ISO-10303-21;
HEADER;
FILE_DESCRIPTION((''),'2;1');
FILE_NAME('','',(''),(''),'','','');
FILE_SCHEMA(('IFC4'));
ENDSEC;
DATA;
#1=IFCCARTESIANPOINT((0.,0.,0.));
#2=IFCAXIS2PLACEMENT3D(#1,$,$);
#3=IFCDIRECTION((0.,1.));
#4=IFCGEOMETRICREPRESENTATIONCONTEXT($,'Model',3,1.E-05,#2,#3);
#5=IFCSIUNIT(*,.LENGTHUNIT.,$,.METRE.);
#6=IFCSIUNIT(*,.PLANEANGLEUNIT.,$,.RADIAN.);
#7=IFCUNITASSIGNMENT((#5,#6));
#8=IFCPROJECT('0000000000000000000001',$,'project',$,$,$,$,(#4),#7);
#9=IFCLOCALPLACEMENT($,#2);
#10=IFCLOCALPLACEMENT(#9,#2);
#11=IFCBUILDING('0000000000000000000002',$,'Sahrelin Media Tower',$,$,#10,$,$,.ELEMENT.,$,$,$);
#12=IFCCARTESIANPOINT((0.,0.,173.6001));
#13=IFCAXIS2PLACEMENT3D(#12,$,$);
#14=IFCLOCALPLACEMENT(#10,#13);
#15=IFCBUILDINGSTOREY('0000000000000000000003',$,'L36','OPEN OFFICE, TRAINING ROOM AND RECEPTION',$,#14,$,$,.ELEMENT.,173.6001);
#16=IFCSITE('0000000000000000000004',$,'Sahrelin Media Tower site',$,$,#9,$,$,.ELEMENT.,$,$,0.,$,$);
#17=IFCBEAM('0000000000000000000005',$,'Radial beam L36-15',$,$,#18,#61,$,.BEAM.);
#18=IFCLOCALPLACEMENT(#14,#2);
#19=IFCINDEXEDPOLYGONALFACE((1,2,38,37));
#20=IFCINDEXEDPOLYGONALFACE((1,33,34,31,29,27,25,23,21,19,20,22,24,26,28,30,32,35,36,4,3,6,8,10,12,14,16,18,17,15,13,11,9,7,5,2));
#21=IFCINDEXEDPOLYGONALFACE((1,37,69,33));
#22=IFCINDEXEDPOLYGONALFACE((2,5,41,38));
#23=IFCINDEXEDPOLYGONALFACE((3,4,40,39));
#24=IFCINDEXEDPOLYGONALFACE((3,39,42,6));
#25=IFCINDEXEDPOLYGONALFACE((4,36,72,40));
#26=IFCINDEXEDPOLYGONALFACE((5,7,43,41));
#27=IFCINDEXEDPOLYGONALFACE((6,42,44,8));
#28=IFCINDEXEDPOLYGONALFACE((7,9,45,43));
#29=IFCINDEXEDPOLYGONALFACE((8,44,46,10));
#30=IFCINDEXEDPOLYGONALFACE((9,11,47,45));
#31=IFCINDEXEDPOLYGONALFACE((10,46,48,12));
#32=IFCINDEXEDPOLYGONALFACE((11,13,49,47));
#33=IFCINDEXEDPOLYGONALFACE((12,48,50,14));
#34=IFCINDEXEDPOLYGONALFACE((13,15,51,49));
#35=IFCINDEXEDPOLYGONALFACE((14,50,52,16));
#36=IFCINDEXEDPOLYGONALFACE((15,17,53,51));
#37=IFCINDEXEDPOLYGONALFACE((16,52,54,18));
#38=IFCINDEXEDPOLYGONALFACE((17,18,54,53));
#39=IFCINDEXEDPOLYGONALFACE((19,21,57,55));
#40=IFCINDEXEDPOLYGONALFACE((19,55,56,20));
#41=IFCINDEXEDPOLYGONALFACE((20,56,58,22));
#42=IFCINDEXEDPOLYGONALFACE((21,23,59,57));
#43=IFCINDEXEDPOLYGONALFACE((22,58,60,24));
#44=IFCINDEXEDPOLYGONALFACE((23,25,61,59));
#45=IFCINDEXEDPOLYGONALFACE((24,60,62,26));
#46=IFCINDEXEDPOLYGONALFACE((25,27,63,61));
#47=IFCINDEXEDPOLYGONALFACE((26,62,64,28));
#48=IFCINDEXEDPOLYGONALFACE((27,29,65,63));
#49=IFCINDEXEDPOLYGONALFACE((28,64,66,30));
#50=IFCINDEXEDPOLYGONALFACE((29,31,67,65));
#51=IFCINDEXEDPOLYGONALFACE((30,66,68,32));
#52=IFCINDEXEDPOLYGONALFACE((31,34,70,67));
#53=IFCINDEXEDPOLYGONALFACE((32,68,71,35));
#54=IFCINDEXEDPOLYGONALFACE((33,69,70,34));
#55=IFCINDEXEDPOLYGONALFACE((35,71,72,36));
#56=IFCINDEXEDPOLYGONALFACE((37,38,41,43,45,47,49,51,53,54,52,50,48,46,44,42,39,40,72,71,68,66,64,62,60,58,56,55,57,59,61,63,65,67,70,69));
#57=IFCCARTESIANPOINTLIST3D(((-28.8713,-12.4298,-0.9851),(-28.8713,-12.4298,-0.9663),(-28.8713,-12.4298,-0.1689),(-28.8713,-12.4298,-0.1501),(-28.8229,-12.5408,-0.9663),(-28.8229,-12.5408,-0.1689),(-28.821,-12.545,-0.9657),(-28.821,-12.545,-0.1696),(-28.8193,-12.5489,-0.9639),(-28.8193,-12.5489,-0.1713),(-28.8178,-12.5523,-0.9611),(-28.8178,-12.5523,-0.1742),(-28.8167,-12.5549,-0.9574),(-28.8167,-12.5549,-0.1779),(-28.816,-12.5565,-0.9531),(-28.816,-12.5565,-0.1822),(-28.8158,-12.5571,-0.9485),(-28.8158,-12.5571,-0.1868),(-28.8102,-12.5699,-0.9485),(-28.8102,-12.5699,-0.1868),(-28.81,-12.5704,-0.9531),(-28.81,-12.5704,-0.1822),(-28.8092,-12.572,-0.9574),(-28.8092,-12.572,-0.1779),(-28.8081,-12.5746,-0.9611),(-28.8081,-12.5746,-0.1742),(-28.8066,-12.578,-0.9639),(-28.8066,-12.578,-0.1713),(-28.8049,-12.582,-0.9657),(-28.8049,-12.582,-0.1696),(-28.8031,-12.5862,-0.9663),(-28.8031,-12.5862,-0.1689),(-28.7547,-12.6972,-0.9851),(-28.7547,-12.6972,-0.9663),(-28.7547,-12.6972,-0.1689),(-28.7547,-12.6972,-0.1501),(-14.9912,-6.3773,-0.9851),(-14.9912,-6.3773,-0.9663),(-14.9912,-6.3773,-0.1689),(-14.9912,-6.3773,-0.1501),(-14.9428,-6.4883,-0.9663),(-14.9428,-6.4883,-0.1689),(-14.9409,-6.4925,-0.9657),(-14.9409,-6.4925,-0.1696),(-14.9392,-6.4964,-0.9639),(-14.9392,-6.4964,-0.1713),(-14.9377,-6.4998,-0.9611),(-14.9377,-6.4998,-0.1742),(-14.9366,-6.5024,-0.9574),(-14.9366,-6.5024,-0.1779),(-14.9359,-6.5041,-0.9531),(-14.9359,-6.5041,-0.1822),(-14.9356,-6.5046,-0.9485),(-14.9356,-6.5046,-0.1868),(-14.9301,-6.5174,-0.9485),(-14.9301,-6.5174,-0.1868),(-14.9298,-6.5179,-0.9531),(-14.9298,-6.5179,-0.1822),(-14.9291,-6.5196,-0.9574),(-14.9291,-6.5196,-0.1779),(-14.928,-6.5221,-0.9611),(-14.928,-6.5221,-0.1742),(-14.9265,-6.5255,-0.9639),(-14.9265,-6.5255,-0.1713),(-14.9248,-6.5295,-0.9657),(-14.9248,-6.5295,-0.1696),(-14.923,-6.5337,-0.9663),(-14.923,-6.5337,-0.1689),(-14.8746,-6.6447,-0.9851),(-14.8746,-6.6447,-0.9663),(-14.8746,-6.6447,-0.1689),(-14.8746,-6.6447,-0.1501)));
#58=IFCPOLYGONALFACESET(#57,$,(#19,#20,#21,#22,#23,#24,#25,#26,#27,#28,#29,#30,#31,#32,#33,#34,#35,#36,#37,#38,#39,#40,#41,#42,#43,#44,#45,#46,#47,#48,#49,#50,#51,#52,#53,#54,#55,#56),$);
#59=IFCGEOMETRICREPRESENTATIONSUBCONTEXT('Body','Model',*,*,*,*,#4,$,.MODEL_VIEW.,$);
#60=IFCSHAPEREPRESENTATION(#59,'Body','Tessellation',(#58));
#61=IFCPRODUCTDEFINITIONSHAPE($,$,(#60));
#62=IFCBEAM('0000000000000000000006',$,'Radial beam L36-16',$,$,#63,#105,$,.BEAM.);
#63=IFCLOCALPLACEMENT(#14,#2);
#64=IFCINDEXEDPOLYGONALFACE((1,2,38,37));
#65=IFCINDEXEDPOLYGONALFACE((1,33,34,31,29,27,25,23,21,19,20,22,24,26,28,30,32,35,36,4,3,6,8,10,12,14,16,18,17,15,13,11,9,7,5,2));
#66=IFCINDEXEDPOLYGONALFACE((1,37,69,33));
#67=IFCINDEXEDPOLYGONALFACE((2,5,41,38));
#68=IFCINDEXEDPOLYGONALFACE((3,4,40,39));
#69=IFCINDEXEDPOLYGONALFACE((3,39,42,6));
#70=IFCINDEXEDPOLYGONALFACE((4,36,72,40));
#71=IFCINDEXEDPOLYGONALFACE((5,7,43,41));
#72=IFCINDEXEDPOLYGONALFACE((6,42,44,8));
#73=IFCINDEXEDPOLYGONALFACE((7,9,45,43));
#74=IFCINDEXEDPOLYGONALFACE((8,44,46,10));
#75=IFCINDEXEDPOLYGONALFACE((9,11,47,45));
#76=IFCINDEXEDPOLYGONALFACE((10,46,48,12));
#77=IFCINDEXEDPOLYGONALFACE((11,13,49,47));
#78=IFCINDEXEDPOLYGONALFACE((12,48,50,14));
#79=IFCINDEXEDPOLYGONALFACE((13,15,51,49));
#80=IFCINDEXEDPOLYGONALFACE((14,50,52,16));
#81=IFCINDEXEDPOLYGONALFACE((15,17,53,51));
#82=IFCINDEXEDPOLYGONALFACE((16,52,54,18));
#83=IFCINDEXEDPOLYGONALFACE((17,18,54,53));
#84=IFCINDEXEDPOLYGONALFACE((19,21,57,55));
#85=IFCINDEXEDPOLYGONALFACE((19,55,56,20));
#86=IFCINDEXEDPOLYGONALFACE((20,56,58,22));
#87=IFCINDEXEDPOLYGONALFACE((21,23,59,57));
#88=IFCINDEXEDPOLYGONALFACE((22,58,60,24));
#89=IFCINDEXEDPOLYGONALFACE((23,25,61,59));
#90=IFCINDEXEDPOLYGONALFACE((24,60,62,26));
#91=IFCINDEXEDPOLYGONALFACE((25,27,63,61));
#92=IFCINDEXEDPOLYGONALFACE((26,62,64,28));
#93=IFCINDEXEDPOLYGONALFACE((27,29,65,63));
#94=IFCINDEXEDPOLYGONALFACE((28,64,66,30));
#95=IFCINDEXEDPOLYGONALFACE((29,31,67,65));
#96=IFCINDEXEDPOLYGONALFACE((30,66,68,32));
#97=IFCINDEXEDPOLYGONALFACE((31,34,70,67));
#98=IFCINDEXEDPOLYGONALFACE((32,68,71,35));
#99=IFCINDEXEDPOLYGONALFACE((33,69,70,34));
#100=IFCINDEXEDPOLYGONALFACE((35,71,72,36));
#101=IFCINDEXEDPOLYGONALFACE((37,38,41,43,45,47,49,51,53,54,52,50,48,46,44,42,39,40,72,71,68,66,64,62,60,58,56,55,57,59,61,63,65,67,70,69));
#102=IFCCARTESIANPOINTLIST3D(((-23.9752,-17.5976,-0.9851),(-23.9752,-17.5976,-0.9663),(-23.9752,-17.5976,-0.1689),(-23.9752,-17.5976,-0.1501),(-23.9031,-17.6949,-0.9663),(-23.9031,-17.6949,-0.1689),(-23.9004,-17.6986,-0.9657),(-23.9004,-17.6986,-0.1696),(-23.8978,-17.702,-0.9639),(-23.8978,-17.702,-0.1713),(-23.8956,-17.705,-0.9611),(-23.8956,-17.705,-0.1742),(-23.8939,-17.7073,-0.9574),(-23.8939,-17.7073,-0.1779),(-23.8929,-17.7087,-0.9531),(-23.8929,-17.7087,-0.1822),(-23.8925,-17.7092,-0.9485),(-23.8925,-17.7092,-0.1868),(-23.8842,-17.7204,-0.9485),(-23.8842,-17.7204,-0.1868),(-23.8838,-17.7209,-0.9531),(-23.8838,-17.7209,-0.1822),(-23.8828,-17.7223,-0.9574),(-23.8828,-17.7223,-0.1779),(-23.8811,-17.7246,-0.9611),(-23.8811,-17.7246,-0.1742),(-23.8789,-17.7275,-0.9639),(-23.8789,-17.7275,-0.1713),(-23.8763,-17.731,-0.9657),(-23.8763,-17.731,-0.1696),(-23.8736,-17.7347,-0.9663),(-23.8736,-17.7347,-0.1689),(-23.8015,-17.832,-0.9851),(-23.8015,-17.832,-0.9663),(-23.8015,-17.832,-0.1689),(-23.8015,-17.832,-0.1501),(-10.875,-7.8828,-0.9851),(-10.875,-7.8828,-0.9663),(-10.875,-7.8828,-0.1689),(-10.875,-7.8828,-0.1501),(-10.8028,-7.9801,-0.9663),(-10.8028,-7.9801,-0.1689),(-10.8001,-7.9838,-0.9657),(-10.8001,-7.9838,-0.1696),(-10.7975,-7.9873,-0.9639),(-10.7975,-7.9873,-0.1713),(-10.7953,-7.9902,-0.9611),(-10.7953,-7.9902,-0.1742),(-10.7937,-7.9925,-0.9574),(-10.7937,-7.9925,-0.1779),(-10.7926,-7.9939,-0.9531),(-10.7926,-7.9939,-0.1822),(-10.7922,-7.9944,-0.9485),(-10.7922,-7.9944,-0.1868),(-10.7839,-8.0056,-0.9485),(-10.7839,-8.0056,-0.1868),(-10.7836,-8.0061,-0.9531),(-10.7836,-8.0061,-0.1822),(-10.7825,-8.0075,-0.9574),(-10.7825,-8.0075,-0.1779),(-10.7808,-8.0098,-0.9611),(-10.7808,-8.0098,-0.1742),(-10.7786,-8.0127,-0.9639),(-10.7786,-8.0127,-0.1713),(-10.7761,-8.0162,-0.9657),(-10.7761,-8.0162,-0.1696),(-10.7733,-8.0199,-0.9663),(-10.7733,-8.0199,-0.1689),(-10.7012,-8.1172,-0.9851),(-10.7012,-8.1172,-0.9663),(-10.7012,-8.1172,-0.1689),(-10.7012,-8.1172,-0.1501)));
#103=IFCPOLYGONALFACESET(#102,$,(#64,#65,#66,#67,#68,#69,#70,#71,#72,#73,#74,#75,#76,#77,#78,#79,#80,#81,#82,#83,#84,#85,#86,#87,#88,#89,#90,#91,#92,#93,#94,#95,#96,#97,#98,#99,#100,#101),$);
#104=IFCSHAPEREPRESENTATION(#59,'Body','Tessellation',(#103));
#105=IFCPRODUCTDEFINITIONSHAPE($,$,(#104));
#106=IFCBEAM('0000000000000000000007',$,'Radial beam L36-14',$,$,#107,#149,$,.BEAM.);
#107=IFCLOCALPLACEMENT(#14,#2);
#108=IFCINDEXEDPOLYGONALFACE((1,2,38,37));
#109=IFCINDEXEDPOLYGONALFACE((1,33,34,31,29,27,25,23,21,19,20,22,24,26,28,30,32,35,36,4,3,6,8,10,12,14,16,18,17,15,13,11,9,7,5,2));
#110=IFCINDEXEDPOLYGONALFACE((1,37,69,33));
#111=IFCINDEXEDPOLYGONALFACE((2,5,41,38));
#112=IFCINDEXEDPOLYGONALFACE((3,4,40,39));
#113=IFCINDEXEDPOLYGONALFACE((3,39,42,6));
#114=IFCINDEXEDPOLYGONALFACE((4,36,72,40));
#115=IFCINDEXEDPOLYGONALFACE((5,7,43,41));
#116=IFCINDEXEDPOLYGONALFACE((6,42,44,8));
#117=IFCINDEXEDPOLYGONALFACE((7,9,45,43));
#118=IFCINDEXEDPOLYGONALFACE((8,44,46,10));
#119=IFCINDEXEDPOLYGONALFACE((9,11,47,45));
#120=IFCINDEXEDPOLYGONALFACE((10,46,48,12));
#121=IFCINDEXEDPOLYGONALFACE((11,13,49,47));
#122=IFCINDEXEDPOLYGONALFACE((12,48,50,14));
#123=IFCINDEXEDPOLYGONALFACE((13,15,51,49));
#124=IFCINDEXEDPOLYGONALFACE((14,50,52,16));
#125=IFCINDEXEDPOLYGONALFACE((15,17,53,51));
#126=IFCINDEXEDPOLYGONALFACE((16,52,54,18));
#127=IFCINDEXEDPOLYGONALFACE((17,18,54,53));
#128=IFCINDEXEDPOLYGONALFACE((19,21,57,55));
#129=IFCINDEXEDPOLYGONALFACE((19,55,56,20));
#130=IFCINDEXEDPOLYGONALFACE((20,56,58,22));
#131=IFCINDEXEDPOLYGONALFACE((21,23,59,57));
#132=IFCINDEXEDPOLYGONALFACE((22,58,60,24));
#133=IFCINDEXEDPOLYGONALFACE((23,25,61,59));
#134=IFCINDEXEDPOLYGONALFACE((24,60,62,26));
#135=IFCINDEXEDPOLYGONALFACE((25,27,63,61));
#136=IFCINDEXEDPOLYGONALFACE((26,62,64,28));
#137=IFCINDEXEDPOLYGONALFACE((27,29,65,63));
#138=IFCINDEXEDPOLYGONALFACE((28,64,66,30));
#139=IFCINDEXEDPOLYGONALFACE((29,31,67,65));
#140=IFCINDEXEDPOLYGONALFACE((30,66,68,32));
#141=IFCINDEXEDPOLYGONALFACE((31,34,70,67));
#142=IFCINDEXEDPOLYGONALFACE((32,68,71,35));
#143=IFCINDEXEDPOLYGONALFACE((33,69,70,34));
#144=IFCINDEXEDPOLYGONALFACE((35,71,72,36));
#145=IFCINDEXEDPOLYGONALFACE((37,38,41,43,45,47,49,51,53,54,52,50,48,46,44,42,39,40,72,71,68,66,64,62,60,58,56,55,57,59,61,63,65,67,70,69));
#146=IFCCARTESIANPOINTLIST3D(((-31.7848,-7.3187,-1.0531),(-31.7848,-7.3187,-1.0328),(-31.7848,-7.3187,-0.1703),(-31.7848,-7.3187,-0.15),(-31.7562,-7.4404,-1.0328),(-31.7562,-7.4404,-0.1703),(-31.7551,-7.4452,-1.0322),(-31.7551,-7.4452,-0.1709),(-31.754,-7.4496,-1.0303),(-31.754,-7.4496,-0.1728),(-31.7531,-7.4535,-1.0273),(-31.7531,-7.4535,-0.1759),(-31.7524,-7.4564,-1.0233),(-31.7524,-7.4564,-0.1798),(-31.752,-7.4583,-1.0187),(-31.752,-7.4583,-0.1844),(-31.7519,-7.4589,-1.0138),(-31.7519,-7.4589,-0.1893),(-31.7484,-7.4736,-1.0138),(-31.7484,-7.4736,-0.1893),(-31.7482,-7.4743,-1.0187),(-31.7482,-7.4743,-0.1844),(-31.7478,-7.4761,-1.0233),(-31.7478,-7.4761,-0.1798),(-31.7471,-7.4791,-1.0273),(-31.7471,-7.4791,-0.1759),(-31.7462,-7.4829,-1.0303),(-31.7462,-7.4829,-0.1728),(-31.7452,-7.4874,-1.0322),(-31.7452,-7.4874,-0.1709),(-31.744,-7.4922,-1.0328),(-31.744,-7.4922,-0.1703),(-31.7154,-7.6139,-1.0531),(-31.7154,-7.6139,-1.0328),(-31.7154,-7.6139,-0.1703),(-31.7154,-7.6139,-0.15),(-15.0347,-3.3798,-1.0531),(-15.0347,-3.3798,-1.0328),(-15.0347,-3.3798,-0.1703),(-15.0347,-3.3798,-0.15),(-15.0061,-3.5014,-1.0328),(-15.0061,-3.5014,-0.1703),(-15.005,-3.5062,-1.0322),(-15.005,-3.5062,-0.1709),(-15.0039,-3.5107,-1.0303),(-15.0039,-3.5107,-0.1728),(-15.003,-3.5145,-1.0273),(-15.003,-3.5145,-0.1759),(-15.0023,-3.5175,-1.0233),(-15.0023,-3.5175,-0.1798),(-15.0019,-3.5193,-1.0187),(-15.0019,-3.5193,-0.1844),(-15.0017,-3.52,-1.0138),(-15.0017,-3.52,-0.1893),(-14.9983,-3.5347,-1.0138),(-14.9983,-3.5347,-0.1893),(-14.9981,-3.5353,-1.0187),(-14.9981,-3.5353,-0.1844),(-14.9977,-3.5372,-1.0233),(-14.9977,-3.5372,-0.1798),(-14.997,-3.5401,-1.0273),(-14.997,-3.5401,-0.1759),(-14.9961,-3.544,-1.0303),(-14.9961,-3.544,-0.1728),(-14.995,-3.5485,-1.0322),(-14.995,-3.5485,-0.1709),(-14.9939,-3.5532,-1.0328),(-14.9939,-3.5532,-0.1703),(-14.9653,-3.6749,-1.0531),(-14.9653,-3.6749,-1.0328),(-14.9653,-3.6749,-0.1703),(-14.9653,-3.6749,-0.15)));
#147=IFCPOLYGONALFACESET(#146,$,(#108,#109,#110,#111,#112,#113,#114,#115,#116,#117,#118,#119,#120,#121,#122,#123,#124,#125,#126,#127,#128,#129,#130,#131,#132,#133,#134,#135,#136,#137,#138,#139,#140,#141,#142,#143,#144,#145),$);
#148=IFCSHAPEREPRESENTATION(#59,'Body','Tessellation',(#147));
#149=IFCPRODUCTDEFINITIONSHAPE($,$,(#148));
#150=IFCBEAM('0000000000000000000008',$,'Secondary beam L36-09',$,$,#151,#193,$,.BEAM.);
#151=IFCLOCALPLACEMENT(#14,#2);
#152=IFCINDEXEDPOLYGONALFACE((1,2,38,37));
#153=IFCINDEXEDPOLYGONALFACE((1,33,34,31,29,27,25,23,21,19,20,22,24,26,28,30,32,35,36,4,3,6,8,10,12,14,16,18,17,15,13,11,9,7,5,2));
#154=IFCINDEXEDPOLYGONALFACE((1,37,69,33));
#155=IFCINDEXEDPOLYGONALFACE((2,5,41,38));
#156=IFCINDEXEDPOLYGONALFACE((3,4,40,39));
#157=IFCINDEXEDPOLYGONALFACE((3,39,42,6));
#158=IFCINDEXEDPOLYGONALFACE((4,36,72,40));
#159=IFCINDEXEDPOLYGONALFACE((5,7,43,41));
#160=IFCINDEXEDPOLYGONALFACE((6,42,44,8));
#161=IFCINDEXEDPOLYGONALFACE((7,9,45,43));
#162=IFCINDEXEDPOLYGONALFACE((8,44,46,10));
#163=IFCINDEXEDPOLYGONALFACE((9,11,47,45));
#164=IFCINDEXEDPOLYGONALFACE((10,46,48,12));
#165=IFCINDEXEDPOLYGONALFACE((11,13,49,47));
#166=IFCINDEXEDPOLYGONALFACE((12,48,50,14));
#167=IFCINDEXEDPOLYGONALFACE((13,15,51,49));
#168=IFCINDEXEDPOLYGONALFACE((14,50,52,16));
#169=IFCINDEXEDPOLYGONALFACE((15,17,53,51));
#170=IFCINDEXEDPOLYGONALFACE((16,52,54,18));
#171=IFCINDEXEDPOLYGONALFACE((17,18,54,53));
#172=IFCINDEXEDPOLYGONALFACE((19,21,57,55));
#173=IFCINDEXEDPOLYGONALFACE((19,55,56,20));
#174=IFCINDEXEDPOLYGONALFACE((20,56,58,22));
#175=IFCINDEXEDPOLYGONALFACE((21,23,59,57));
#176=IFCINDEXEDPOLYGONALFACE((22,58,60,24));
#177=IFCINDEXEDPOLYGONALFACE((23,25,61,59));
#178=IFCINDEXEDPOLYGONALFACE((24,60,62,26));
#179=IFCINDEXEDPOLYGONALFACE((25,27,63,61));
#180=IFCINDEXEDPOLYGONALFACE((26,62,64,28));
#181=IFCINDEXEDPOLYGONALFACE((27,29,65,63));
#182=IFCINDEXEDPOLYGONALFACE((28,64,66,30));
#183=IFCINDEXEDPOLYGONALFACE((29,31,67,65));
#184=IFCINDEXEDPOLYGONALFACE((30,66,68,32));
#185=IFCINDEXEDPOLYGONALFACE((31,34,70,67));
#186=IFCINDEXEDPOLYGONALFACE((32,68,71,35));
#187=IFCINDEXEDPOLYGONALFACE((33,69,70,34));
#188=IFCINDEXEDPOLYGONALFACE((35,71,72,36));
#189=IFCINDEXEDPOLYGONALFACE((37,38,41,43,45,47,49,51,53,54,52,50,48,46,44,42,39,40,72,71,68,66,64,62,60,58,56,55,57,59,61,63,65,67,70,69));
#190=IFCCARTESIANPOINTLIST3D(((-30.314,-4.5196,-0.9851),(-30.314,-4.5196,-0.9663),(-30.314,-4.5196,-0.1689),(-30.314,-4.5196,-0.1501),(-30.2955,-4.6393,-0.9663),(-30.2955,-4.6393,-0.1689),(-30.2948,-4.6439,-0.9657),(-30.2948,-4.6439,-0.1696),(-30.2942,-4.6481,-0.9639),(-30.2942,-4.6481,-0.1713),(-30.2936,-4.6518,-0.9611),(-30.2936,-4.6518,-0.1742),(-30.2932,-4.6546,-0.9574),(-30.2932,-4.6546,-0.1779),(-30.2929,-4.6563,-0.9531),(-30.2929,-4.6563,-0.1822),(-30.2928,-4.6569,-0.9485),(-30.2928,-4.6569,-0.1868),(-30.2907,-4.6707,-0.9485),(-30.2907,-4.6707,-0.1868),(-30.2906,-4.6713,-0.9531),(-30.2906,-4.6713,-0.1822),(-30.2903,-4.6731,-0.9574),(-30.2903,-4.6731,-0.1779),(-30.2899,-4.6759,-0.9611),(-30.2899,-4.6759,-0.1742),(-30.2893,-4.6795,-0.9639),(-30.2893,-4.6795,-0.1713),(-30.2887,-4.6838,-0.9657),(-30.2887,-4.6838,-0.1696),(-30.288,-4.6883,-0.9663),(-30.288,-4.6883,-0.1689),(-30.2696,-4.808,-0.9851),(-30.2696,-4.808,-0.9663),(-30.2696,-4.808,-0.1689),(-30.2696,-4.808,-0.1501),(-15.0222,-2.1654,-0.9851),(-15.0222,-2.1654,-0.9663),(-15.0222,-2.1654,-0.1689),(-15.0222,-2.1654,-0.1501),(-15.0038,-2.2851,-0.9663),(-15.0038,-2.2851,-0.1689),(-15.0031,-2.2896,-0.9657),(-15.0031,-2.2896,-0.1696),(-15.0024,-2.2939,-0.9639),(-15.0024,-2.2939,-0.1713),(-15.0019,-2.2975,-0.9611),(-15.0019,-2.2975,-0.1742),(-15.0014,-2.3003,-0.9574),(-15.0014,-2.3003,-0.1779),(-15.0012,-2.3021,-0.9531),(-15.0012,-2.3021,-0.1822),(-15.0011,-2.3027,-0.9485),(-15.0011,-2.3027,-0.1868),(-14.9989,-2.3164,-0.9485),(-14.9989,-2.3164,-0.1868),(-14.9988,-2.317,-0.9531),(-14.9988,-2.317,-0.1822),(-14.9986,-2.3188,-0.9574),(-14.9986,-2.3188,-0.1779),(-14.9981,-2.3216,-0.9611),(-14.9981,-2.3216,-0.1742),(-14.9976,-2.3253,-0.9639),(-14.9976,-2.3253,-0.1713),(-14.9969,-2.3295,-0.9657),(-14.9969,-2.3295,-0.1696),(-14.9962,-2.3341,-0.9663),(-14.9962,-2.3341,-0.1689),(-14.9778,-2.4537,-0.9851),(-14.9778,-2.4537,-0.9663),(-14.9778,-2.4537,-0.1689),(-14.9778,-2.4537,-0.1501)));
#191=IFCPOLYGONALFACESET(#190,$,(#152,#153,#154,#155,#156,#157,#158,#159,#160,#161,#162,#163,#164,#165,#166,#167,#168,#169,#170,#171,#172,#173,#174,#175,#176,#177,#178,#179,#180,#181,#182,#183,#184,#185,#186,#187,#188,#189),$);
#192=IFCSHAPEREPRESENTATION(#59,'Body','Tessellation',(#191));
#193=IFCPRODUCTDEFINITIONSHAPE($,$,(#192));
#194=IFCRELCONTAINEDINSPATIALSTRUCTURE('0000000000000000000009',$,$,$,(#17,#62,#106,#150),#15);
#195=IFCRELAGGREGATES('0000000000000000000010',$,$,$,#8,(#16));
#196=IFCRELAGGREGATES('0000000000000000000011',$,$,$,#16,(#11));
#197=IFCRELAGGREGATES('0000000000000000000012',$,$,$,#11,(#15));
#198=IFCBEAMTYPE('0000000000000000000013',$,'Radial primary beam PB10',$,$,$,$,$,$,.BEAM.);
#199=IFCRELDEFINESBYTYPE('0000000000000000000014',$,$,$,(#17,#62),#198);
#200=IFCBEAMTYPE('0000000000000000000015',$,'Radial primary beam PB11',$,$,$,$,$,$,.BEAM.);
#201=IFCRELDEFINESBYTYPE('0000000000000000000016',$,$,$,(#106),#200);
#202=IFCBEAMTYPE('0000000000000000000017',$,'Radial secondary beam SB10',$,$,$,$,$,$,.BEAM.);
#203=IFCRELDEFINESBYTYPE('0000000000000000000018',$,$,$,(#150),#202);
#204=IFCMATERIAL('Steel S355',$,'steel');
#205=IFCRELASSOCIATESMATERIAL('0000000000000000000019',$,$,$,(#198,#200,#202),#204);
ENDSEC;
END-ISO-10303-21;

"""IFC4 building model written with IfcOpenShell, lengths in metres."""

from ifc_helpers import new_model, si_unit, direction, frame, origin, origin_2d, place, context, subcontext, project, spatial, i_section, extrude, material, material_profile, profile_set, type_object, element, save


model = new_model("IFC4")

# Units and contexts
model_context = context("Model", 3, precision=1e-05, world=origin(), true_north=direction((0.0, 1.0)))
body_context = subcontext(model_context, "Body", "Model", "MODEL_VIEW")
ifc_project = project(units=[si_unit("LENGTHUNIT", "METRE"), si_unit("PLANEANGLEUNIT", "RADIAN")], contexts=[model_context])

# Site, building, storey
site_placement = place(None, origin())
site = spatial("IfcSite", under=ifc_project, at=site_placement, Name="Sahrelin Media Tower site", CompositionType="ELEMENT", RefElevation=0.0)
building_placement = place(site_placement, origin())
building = spatial("IfcBuilding", under=site, at=building_placement, Name="Sahrelin Media Tower", CompositionType="ELEMENT")
storey_placement = place(building_placement, frame((0.0, 0.0, 173.6001)))
storey = spatial("IfcBuildingStorey", under=building, at=storey_placement, Name="L36", Description="OPEN OFFICE, TRAINING ROOM AND RECEPTION", CompositionType="ELEMENT", Elevation=173.6001)

# Beams
ifc_material_1 = material(Name="Steel S355", Category="steel")
ifc_material_profile_1 = material_profile(ifc_material_1, i_section(OverallWidth=0.2917, OverallDepth=0.835, WebThickness=0.0139, FlangeThickness=0.0188, FilletRadius=0.0178, at=origin_2d()), Name="UB 838x292x176")
ifc_profile_set_1 = profile_set([ifc_material_profile_1], Name="Steel S355")
beam_type_1 = type_object("IfcBeamType", Name="Radial primary beam PB10", PredefinedType="BEAM", material=ifc_profile_set_1)
beam_1_placement = place(storey_placement, frame((-14.9329, -6.511, -0.5676), z_axis=(-0.916643, -0.399706, 0.0), x_axis=(0.399706, -0.916643, 0.0)))
element("IfcBeam", 1, at=beam_1_placement, inside=storey, type_object=beam_type_1, Name="Radial beam L36-15", PredefinedType="BEAM", context=body_context, shape_type="SweptSolid", body=[
    extrude(i_section(OverallWidth=0.2917, OverallDepth=0.835, WebThickness=0.0139, FlangeThickness=0.0188, FilletRadius=0.0178, at=origin_2d()), origin(), (0.0, 0.0, 1.0), 15.1423),
])
beam_2_placement = place(storey_placement, frame((-10.7881, -8.0, -0.5676), z_axis=(-0.803238, -0.595658, 0.0), x_axis=(0.595658, -0.803238, 0.0)))
element("IfcBeam", 2, at=beam_2_placement, inside=storey, type_object=beam_type_1, Name="Radial beam L36-16", PredefinedType="BEAM", context=body_context, shape_type="SweptSolid", body=[
    extrude(i_section(OverallWidth=0.2917, OverallDepth=0.835, WebThickness=0.0139, FlangeThickness=0.0188, FilletRadius=0.0178, at=origin_2d()), origin(), (0.0, 0.0, 1.0), 16.3093),
])
ifc_material_profile_2 = material_profile(ifc_material_1, i_section(OverallWidth=0.3032, OverallDepth=0.9031, WebThickness=0.0151, FlangeThickness=0.0203, FilletRadius=0.019, at=origin_2d()), Name="UB 914x305x201")
ifc_profile_set_2 = profile_set([ifc_material_profile_2], Name="Steel S355")
beam_type_2 = type_object("IfcBeamType", Name="Radial primary beam PB11", PredefinedType="BEAM", material=ifc_profile_set_2)
beam_3_placement = place(storey_placement, frame((-15.0, -3.5273, -0.6016), z_axis=(-0.973447, -0.228914, 0.0), x_axis=(0.228914, -0.973447, 0.0)))
element("IfcBeam", 3, at=beam_3_placement, inside=storey, type_object=beam_type_2, Name="Radial beam L36-14", PredefinedType="BEAM", context=body_context, shape_type="SweptSolid", body=[
    extrude(i_section(OverallWidth=0.3032, OverallDepth=0.9031, WebThickness=0.0151, FlangeThickness=0.0203, FilletRadius=0.019, at=origin_2d()), origin(), (0.0, 0.0, 1.0), 17.207),
])
ifc_material_profile_3 = material_profile(ifc_material_1, i_section(OverallWidth=0.2917, OverallDepth=0.835, WebThickness=0.0139, FlangeThickness=0.0188, FilletRadius=0.0178, at=origin_2d()), Name="UB 838x292x176")
ifc_profile_set_3 = profile_set([ifc_material_profile_3], Name="Steel S355")
beam_type_3 = type_object("IfcBeamType", Name="Radial secondary beam SB10", PredefinedType="BEAM", material=ifc_profile_set_3)
beam_4_placement = place(storey_placement, frame((-15.0, -2.3096, -0.5676), z_axis=(-0.988355, -0.152163, 0.0), x_axis=(0.152163, -0.988355, 0.0)))
element("IfcBeam", 4, at=beam_4_placement, inside=storey, type_object=beam_type_3, Name="Secondary beam L36-09", PredefinedType="BEAM", context=body_context, shape_type="SweptSolid", body=[
    extrude(i_section(OverallWidth=0.2917, OverallDepth=0.835, WebThickness=0.0139, FlangeThickness=0.0188, FilletRadius=0.0178, at=origin_2d()), origin(), (0.0, 0.0, 1.0), 15.4719),
])

save(model, "model.ifc")
